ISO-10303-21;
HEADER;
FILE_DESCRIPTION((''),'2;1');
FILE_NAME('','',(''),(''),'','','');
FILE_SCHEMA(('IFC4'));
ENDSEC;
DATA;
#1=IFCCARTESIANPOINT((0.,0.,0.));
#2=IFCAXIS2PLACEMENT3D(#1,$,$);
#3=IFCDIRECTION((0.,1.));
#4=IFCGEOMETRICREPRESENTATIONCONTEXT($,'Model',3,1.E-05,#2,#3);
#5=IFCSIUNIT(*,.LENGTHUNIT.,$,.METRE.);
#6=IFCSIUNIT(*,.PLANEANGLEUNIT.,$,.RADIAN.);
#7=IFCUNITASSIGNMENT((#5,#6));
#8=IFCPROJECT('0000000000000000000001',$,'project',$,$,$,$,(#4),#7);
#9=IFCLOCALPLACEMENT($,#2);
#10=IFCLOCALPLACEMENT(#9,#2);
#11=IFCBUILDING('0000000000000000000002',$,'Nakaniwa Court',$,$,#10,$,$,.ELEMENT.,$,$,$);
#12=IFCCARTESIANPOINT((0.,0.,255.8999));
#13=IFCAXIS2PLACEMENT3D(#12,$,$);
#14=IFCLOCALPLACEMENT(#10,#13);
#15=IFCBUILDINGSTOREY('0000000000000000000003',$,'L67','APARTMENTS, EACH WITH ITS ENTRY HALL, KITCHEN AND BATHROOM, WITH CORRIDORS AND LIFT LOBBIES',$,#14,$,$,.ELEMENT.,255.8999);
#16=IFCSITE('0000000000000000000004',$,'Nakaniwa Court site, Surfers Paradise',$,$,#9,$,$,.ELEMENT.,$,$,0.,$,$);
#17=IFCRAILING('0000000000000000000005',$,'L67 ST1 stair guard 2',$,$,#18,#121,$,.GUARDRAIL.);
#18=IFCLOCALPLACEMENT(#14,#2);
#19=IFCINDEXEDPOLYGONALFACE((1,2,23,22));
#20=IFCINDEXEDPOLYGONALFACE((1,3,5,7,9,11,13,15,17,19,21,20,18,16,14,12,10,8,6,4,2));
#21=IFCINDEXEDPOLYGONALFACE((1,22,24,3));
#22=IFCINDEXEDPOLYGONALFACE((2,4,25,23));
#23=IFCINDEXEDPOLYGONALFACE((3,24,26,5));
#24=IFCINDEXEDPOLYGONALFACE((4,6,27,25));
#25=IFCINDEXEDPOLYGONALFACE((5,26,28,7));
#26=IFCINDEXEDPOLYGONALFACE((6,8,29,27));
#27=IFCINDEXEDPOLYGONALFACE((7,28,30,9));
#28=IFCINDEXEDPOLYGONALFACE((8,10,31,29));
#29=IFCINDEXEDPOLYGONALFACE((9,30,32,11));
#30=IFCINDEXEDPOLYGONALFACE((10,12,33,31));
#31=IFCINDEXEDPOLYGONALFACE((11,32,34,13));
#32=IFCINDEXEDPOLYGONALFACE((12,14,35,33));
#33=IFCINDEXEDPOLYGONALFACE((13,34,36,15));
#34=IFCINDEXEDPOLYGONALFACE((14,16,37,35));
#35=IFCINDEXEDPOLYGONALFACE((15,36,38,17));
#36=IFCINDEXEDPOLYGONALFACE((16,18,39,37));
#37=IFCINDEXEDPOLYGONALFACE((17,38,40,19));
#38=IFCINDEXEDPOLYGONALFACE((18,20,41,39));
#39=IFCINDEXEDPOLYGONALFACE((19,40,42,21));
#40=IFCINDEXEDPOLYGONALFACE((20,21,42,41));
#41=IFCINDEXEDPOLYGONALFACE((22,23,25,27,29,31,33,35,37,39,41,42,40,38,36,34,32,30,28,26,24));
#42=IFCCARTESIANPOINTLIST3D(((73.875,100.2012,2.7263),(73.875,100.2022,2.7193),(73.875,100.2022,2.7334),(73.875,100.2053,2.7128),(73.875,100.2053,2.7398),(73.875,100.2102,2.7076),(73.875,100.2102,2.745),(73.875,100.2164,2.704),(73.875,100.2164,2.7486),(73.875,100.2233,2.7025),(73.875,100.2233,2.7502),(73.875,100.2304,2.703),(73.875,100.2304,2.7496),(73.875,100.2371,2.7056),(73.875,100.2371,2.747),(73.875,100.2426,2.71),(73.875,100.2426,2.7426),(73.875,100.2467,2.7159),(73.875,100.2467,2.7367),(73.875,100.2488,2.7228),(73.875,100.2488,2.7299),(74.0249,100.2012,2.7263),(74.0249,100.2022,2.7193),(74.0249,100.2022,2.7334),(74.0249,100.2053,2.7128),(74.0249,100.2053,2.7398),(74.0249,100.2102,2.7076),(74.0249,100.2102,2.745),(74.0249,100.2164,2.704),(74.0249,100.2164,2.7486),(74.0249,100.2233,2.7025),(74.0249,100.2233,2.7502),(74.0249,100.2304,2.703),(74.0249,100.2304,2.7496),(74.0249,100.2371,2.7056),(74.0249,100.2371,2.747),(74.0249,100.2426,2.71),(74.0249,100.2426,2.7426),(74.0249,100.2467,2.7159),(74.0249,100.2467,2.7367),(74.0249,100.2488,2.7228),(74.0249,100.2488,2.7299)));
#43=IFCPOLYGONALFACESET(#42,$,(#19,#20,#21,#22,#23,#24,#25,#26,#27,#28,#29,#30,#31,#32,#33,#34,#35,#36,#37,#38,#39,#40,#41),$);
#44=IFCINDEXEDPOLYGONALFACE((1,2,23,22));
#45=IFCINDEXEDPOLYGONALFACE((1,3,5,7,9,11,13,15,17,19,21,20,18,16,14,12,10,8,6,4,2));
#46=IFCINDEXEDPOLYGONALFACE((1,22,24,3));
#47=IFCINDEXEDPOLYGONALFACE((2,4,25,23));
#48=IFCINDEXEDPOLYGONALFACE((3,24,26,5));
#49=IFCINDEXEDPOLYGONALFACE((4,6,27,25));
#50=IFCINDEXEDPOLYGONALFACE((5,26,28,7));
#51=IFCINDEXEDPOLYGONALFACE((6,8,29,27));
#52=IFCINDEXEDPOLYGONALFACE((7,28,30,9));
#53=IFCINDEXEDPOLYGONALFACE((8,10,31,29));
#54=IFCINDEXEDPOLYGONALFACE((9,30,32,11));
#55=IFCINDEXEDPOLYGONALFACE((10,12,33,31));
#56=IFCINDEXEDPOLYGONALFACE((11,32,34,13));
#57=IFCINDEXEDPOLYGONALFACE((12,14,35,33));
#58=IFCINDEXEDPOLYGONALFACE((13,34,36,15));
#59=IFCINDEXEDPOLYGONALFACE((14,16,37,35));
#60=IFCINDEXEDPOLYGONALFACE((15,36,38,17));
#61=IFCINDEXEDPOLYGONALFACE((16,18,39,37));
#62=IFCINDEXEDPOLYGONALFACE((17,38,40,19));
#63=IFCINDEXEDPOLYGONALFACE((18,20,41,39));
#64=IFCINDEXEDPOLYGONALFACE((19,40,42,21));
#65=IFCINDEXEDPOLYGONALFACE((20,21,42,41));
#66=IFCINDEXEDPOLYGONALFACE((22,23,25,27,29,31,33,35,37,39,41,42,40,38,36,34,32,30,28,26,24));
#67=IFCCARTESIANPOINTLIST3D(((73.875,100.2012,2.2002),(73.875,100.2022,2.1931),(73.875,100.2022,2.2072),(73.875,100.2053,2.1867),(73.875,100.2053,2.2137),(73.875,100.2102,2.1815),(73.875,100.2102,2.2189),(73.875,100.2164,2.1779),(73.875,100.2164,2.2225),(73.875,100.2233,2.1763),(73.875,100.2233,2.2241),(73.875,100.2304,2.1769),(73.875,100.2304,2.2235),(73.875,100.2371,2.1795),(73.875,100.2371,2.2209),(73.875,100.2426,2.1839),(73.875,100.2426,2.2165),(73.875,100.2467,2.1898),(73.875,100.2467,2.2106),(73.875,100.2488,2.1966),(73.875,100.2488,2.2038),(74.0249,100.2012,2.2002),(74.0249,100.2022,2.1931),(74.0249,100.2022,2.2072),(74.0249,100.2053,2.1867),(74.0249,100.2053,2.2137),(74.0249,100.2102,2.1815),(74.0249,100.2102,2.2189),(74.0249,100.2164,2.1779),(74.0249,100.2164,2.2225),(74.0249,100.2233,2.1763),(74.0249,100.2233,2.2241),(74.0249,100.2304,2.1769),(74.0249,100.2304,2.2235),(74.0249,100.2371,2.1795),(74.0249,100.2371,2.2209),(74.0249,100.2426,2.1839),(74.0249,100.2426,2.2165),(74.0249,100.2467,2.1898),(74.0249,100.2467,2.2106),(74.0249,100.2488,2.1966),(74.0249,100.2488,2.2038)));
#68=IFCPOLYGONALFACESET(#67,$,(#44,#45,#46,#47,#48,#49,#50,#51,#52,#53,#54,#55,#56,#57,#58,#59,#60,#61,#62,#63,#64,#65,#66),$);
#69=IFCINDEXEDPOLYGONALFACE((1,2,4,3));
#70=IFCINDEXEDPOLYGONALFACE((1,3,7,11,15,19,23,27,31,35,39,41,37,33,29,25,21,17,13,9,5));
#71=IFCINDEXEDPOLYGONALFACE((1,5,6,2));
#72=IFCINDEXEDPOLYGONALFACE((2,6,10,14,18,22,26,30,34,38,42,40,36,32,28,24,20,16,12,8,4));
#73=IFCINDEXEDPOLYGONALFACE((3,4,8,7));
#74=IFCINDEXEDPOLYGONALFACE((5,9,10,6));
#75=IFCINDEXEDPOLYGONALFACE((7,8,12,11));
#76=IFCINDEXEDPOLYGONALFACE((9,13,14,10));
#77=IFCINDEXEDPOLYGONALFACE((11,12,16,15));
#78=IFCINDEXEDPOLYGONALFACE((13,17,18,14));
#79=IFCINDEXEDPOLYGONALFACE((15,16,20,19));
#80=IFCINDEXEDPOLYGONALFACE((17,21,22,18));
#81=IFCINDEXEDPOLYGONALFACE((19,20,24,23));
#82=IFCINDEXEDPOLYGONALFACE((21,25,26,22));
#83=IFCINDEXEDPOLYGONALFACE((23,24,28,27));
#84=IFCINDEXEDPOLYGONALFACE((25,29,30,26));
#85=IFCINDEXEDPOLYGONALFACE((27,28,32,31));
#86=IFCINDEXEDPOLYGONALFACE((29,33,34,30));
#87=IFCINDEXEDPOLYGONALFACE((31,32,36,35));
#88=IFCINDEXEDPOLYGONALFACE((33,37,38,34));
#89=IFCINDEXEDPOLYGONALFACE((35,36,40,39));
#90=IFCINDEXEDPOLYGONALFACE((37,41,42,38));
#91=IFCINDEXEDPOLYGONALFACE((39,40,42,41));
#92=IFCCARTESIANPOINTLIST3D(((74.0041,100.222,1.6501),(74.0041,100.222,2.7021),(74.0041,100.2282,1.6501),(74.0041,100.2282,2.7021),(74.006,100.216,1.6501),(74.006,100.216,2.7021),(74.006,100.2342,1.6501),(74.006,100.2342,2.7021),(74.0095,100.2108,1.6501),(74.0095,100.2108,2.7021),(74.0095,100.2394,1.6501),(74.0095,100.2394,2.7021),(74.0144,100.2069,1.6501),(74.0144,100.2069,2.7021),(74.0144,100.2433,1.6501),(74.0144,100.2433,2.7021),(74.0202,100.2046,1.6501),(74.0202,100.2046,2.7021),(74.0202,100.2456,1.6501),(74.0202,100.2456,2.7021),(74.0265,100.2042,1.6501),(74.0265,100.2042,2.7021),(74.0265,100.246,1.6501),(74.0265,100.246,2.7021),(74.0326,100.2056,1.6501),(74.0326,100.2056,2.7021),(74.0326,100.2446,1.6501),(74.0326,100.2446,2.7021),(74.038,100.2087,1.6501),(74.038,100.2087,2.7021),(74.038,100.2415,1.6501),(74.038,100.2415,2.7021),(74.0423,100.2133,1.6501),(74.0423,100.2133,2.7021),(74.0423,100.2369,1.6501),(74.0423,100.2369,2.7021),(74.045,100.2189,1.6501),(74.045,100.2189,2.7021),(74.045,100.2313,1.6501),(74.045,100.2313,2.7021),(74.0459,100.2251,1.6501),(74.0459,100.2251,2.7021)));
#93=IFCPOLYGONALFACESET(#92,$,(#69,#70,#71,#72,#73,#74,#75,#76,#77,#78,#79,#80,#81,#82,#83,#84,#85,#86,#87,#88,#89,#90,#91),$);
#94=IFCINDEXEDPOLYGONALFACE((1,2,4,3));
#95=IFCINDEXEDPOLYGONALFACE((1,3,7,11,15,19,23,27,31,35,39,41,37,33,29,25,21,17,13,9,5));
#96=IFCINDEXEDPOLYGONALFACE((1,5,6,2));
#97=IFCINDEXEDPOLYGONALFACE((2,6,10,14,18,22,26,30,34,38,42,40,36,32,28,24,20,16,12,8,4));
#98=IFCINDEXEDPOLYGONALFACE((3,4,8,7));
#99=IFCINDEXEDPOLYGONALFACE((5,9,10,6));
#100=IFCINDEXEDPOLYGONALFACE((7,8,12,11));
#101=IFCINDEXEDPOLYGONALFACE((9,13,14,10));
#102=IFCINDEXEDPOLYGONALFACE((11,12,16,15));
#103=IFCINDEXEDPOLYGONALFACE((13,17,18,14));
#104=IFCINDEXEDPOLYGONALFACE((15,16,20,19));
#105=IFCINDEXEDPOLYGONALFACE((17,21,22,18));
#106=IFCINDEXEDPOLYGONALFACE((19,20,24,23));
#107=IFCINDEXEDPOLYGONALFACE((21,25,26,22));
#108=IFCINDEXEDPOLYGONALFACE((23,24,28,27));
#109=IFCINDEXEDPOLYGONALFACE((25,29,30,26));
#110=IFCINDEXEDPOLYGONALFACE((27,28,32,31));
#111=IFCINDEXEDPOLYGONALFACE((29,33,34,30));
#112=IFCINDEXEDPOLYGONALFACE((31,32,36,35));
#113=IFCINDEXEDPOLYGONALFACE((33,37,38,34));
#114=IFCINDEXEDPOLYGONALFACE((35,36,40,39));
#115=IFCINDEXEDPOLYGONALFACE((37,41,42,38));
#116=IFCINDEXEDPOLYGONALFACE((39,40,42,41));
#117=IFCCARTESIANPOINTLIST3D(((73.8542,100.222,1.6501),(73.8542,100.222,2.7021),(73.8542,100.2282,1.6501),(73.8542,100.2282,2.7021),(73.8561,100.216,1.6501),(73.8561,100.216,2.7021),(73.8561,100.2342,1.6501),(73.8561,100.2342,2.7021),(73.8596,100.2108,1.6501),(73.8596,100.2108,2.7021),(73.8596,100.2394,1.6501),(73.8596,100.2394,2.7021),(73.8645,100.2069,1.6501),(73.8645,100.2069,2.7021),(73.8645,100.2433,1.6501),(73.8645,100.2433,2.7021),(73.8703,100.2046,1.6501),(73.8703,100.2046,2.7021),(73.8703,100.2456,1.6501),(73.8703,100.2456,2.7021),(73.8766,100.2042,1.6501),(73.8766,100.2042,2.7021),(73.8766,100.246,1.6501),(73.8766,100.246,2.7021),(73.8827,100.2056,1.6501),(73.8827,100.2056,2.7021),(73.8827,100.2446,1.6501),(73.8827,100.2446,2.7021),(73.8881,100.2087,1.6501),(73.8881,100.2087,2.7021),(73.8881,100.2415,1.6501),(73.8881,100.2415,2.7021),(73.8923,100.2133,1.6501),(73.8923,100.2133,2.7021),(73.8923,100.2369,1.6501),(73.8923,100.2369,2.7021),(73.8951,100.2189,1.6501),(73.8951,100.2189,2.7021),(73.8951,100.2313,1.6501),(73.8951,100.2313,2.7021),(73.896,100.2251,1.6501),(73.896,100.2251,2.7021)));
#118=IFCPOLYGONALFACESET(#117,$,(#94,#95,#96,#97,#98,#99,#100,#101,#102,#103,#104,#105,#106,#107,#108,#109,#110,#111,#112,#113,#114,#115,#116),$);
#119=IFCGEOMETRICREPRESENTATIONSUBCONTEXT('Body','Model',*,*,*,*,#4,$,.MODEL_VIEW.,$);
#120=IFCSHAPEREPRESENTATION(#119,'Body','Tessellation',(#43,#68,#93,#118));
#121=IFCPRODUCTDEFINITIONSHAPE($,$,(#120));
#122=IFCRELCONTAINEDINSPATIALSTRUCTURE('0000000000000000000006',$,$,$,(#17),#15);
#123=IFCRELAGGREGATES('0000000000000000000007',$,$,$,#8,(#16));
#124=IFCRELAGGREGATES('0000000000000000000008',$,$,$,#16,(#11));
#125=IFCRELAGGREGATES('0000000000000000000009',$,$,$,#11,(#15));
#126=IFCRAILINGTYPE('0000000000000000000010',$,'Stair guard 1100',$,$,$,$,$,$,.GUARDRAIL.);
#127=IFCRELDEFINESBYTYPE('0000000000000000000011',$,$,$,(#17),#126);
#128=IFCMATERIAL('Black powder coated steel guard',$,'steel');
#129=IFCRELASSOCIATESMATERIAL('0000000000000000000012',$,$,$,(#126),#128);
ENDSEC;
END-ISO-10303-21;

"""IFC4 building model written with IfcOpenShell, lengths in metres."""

from ifc_helpers import new_model, si_unit, direction, frame, origin, origin_2d, place, context, subcontext, project, spatial, circle, extrude, material, type_object, element, save


model = new_model("IFC4")

# Units and contexts
model_context = context("Model", 3, precision=1e-05, world=origin(), true_north=direction((0.0, 1.0)))
body_context = subcontext(model_context, "Body", "Model", "MODEL_VIEW")
ifc_project = project(units=[si_unit("LENGTHUNIT", "METRE"), si_unit("PLANEANGLEUNIT", "RADIAN")], contexts=[model_context])

# Site, building, storey
site_placement = place(None, origin())
site = spatial("IfcSite", under=ifc_project, at=site_placement, Name="Nakaniwa Court site, Surfers Paradise", CompositionType="ELEMENT", RefElevation=0.0)
building_placement = place(site_placement, origin())
building = spatial("IfcBuilding", under=site, at=building_placement, Name="Nakaniwa Court", CompositionType="ELEMENT")
storey_placement = place(building_placement, frame((0.0, 0.0, 255.8999)))
storey = spatial("IfcBuildingStorey", under=building, at=storey_placement, Name="L67", Description="APARTMENTS, EACH WITH ITS ENTRY HALL, KITCHEN AND BATHROOM, WITH CORRIDORS AND LIFT LOBBIES", CompositionType="ELEMENT", Elevation=255.8999)

# Railing
ifc_material_1 = material(Name="Black powder coated steel guard", Category="steel")
railing_type_1 = type_object("IfcRailingType", Name="Stair guard 1100", PredefinedType="GUARDRAIL", material=ifc_material_1)
railing_1_placement = place(storey_placement, frame((74.0249, 100.2251, 1.6501)))
element("IfcRailing", 1, at=railing_1_placement, inside=storey, type_object=railing_type_1, Name="L67 ST1 stair guard 2", PredefinedType="GUARDRAIL", context=body_context, shape_type="SweptSolid", body=[
    extrude(circle(Radius=0.0239, at=origin_2d()), frame((0.0, 0.0, 1.0762), z_axis=(-1.0, 0.0, 0.0), x_axis=(0.0, -1.0, 0.0)), (0.0, 0.0, 1.0), 0.1499),
    extrude(circle(Radius=0.0239, at=origin_2d()), frame((0.0, 0.0, 0.55), z_axis=(-1.0, 0.0, 0.0), x_axis=(0.0, -1.0, 0.0)), (0.0, 0.0, 1.0), 0.1499),
    extrude(circle(Radius=0.021, at=origin_2d()), origin(), (0.0, 0.0, 1.0), 1.052),
    extrude(circle(Radius=0.021, at=origin_2d()), frame((-0.1499, 0.0, 0.0)), (0.0, 0.0, 1.0), 1.052),
])

save(model, "model.ifc")
